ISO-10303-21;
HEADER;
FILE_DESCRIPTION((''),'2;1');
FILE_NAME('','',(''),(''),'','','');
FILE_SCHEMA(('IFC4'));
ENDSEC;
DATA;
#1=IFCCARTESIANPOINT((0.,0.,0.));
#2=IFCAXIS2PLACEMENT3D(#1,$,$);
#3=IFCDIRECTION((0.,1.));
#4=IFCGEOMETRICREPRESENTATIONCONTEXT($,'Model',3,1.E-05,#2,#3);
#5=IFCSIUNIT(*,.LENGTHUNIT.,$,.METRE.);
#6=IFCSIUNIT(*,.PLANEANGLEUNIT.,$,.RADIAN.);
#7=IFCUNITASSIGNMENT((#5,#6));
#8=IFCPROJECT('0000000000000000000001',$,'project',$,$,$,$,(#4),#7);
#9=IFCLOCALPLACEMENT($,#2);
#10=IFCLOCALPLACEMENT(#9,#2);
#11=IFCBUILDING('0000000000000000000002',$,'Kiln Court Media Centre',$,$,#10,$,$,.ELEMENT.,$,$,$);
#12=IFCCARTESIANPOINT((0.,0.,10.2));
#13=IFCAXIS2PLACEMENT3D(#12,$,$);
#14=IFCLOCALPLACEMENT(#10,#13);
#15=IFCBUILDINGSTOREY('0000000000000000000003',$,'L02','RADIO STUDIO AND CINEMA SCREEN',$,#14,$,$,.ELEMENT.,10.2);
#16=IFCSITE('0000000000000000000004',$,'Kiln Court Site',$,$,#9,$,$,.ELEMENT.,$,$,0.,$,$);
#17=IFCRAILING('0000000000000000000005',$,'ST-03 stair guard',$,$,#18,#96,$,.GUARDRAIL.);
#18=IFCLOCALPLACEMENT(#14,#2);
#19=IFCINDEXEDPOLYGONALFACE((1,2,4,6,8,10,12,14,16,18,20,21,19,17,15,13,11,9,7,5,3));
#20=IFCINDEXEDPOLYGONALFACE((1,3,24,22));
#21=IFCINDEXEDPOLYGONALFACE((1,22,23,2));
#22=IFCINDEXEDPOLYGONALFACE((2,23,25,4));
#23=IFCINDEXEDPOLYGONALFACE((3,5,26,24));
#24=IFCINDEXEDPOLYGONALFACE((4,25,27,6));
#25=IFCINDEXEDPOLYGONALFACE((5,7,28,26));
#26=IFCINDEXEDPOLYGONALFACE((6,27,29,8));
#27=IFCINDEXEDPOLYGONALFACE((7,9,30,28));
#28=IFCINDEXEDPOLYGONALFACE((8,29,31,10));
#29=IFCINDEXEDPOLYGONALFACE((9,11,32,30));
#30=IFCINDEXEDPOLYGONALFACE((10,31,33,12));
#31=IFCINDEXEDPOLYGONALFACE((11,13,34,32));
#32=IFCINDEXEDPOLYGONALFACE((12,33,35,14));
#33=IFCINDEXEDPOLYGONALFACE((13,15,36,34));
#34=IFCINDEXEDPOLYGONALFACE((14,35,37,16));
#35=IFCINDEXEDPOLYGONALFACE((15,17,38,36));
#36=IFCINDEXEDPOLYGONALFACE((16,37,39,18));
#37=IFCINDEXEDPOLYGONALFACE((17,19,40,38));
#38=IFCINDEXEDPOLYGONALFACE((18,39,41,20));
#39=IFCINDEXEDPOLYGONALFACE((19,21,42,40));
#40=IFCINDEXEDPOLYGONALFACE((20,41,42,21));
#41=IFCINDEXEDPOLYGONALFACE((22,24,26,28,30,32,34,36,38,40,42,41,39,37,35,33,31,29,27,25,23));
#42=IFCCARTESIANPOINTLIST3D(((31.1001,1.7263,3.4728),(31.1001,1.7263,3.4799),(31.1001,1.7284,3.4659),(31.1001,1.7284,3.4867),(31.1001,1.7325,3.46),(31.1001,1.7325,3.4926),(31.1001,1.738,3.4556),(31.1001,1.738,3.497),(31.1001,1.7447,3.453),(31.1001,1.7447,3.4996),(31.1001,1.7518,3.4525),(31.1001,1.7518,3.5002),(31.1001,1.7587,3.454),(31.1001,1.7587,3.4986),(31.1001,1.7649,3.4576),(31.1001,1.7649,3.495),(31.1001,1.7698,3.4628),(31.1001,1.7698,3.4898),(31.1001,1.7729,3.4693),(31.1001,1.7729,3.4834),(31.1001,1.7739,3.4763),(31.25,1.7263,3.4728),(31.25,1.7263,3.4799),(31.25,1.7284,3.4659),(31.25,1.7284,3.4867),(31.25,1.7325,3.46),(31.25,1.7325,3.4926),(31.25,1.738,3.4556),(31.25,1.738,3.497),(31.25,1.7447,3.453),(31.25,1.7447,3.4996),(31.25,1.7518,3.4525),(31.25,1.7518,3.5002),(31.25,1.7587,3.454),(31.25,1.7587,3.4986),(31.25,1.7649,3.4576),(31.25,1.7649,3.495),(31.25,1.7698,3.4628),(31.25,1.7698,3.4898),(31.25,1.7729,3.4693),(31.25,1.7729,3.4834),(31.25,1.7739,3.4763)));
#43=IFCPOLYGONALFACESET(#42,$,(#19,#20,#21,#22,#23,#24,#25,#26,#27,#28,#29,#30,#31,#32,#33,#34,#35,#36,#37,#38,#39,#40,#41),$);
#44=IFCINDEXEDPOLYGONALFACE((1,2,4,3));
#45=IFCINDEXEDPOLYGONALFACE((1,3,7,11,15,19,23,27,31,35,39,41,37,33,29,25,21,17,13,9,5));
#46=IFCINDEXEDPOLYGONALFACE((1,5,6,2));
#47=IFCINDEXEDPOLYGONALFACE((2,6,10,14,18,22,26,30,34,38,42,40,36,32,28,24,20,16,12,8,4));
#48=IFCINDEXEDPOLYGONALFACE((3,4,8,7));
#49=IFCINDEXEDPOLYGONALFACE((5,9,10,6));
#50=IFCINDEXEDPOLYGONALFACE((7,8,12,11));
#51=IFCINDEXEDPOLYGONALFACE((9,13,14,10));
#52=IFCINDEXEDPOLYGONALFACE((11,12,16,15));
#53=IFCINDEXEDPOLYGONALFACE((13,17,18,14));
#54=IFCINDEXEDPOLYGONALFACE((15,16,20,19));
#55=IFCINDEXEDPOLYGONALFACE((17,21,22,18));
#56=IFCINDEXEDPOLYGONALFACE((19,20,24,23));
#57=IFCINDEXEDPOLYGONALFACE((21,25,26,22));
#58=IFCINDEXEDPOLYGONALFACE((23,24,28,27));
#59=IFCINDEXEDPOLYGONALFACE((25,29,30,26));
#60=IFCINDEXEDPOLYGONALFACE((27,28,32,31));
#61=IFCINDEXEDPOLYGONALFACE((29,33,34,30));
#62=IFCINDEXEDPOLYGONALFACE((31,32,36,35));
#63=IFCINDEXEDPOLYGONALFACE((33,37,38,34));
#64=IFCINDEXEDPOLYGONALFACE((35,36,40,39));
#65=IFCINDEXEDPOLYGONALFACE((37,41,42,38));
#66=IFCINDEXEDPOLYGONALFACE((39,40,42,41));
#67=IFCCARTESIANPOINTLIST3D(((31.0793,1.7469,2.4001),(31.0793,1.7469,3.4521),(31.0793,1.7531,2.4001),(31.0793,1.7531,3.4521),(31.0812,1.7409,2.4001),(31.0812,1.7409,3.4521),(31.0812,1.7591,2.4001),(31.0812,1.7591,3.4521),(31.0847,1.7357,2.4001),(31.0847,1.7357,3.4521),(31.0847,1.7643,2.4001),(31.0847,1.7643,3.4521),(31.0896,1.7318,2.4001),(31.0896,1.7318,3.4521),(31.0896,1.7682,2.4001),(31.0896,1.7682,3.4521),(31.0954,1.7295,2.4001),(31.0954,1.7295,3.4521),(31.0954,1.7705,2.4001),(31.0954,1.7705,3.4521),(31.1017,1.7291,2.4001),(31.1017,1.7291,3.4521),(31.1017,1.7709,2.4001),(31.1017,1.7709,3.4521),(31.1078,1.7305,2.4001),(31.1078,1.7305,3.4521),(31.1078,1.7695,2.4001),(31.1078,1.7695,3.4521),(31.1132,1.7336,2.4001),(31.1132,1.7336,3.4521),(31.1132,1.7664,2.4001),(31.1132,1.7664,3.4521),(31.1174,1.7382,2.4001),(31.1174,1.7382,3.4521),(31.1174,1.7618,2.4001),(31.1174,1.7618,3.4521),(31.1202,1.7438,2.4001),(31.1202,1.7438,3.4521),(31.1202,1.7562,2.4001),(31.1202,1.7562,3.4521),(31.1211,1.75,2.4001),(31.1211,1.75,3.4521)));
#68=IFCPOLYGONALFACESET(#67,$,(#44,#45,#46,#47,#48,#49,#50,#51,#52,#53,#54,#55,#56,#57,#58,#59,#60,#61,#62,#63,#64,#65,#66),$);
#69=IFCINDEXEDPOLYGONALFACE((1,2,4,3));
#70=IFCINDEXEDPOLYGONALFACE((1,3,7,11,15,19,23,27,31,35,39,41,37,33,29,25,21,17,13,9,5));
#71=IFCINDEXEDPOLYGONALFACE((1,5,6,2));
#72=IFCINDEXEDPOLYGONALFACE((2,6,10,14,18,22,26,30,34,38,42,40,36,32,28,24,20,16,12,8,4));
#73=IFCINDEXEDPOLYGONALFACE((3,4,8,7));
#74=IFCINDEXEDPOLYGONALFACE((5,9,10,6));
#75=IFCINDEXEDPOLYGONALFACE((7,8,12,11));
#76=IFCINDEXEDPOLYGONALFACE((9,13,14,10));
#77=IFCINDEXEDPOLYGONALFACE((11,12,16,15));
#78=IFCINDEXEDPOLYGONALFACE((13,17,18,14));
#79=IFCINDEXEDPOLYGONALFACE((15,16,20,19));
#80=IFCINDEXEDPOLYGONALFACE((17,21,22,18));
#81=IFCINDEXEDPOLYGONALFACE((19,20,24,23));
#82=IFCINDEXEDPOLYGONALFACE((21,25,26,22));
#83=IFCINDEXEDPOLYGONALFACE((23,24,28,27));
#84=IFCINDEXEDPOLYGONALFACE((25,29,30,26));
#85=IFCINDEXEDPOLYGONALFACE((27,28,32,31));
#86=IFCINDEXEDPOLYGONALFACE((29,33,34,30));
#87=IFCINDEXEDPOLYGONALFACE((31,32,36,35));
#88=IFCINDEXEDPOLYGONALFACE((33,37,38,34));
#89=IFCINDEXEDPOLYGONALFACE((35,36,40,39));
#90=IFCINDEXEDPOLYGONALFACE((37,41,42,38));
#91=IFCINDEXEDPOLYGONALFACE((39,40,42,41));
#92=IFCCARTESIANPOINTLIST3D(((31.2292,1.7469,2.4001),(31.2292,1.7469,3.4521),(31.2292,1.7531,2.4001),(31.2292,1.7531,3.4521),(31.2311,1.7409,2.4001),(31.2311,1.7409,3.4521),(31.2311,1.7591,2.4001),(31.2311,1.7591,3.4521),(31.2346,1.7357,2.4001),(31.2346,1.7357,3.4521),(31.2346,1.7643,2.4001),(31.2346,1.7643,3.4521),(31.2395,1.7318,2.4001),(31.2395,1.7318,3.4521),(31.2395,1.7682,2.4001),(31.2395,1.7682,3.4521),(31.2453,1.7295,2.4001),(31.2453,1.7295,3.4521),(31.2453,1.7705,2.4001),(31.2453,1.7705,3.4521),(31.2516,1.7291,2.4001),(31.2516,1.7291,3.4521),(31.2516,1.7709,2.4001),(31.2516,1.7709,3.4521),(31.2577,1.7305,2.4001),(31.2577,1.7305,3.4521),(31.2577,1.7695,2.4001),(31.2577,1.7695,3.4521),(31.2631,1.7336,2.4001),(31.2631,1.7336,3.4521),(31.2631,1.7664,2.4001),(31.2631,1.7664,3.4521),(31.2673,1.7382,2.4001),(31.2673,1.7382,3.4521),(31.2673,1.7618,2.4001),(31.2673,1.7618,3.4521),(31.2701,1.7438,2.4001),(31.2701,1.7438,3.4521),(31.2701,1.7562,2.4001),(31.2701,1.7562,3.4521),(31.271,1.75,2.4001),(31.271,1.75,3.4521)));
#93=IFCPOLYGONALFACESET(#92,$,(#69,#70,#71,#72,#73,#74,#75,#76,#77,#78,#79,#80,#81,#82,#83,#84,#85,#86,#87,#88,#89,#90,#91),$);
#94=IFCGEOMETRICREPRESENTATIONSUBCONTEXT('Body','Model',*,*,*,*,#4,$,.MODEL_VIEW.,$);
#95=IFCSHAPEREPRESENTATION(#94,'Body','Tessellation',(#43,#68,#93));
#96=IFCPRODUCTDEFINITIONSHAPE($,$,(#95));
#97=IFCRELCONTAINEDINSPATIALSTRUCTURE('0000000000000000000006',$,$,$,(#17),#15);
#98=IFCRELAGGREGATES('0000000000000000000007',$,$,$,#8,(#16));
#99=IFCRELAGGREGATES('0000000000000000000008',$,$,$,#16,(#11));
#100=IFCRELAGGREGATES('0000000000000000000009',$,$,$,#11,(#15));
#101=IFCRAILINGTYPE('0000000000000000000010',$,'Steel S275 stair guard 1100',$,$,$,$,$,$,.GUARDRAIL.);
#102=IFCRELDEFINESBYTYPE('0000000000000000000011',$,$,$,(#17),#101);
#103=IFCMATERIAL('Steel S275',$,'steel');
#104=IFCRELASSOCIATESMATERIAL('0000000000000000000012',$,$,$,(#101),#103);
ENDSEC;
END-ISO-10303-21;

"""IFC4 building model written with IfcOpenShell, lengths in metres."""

from ifc_helpers import new_model, si_unit, direction, frame, origin, origin_2d, place, context, subcontext, project, spatial, circle, extrude, material, type_object, element, save


model = new_model("IFC4")

# Units and contexts
model_context = context("Model", 3, precision=1e-05, world=origin(), true_north=direction((0.0, 1.0)))
body_context = subcontext(model_context, "Body", "Model", "MODEL_VIEW")
ifc_project = project(units=[si_unit("LENGTHUNIT", "METRE"), si_unit("PLANEANGLEUNIT", "RADIAN")], contexts=[model_context])

# Site, building, storey
site_placement = place(None, origin())
site = spatial("IfcSite", under=ifc_project, at=site_placement, Name="Kiln Court Site", CompositionType="ELEMENT", RefElevation=0.0)
building_placement = place(site_placement, origin())
building = spatial("IfcBuilding", under=site, at=building_placement, Name="Kiln Court Media Centre", CompositionType="ELEMENT")
storey_placement = place(building_placement, frame((0.0, 0.0, 10.2)))
storey = spatial("IfcBuildingStorey", under=building, at=storey_placement, Name="L02", Description="RADIO STUDIO AND CINEMA SCREEN", CompositionType="ELEMENT", Elevation=10.2)

# Railing
ifc_material_1 = material(Name="Steel S275", Category="steel")
railing_type_1 = type_object("IfcRailingType", Name="Steel S275 stair guard 1100", PredefinedType="GUARDRAIL", material=ifc_material_1)
railing_1_placement = place(storey_placement, frame((31.1001, 1.75, 2.4001)))
element("IfcRailing", 1, at=railing_1_placement, inside=storey, type_object=railing_type_1, Name="ST-03 stair guard", PredefinedType="GUARDRAIL", context=body_context, shape_type="SweptSolid", body=[
    extrude(circle(Radius=0.0239, at=origin_2d()), frame((0.0, 0.0, 1.0762), z_axis=(1.0, 0.0, 0.0), x_axis=(0.0, 1.0, 0.0)), (0.0, 0.0, 1.0), 0.1499),
    extrude(circle(Radius=0.021, at=origin_2d()), origin(), (0.0, 0.0, 1.0), 1.052),
    extrude(circle(Radius=0.021, at=origin_2d()), frame((0.1499, 0.0, 0.0)), (0.0, 0.0, 1.0), 1.052),
])

save(model, "model.ifc")
